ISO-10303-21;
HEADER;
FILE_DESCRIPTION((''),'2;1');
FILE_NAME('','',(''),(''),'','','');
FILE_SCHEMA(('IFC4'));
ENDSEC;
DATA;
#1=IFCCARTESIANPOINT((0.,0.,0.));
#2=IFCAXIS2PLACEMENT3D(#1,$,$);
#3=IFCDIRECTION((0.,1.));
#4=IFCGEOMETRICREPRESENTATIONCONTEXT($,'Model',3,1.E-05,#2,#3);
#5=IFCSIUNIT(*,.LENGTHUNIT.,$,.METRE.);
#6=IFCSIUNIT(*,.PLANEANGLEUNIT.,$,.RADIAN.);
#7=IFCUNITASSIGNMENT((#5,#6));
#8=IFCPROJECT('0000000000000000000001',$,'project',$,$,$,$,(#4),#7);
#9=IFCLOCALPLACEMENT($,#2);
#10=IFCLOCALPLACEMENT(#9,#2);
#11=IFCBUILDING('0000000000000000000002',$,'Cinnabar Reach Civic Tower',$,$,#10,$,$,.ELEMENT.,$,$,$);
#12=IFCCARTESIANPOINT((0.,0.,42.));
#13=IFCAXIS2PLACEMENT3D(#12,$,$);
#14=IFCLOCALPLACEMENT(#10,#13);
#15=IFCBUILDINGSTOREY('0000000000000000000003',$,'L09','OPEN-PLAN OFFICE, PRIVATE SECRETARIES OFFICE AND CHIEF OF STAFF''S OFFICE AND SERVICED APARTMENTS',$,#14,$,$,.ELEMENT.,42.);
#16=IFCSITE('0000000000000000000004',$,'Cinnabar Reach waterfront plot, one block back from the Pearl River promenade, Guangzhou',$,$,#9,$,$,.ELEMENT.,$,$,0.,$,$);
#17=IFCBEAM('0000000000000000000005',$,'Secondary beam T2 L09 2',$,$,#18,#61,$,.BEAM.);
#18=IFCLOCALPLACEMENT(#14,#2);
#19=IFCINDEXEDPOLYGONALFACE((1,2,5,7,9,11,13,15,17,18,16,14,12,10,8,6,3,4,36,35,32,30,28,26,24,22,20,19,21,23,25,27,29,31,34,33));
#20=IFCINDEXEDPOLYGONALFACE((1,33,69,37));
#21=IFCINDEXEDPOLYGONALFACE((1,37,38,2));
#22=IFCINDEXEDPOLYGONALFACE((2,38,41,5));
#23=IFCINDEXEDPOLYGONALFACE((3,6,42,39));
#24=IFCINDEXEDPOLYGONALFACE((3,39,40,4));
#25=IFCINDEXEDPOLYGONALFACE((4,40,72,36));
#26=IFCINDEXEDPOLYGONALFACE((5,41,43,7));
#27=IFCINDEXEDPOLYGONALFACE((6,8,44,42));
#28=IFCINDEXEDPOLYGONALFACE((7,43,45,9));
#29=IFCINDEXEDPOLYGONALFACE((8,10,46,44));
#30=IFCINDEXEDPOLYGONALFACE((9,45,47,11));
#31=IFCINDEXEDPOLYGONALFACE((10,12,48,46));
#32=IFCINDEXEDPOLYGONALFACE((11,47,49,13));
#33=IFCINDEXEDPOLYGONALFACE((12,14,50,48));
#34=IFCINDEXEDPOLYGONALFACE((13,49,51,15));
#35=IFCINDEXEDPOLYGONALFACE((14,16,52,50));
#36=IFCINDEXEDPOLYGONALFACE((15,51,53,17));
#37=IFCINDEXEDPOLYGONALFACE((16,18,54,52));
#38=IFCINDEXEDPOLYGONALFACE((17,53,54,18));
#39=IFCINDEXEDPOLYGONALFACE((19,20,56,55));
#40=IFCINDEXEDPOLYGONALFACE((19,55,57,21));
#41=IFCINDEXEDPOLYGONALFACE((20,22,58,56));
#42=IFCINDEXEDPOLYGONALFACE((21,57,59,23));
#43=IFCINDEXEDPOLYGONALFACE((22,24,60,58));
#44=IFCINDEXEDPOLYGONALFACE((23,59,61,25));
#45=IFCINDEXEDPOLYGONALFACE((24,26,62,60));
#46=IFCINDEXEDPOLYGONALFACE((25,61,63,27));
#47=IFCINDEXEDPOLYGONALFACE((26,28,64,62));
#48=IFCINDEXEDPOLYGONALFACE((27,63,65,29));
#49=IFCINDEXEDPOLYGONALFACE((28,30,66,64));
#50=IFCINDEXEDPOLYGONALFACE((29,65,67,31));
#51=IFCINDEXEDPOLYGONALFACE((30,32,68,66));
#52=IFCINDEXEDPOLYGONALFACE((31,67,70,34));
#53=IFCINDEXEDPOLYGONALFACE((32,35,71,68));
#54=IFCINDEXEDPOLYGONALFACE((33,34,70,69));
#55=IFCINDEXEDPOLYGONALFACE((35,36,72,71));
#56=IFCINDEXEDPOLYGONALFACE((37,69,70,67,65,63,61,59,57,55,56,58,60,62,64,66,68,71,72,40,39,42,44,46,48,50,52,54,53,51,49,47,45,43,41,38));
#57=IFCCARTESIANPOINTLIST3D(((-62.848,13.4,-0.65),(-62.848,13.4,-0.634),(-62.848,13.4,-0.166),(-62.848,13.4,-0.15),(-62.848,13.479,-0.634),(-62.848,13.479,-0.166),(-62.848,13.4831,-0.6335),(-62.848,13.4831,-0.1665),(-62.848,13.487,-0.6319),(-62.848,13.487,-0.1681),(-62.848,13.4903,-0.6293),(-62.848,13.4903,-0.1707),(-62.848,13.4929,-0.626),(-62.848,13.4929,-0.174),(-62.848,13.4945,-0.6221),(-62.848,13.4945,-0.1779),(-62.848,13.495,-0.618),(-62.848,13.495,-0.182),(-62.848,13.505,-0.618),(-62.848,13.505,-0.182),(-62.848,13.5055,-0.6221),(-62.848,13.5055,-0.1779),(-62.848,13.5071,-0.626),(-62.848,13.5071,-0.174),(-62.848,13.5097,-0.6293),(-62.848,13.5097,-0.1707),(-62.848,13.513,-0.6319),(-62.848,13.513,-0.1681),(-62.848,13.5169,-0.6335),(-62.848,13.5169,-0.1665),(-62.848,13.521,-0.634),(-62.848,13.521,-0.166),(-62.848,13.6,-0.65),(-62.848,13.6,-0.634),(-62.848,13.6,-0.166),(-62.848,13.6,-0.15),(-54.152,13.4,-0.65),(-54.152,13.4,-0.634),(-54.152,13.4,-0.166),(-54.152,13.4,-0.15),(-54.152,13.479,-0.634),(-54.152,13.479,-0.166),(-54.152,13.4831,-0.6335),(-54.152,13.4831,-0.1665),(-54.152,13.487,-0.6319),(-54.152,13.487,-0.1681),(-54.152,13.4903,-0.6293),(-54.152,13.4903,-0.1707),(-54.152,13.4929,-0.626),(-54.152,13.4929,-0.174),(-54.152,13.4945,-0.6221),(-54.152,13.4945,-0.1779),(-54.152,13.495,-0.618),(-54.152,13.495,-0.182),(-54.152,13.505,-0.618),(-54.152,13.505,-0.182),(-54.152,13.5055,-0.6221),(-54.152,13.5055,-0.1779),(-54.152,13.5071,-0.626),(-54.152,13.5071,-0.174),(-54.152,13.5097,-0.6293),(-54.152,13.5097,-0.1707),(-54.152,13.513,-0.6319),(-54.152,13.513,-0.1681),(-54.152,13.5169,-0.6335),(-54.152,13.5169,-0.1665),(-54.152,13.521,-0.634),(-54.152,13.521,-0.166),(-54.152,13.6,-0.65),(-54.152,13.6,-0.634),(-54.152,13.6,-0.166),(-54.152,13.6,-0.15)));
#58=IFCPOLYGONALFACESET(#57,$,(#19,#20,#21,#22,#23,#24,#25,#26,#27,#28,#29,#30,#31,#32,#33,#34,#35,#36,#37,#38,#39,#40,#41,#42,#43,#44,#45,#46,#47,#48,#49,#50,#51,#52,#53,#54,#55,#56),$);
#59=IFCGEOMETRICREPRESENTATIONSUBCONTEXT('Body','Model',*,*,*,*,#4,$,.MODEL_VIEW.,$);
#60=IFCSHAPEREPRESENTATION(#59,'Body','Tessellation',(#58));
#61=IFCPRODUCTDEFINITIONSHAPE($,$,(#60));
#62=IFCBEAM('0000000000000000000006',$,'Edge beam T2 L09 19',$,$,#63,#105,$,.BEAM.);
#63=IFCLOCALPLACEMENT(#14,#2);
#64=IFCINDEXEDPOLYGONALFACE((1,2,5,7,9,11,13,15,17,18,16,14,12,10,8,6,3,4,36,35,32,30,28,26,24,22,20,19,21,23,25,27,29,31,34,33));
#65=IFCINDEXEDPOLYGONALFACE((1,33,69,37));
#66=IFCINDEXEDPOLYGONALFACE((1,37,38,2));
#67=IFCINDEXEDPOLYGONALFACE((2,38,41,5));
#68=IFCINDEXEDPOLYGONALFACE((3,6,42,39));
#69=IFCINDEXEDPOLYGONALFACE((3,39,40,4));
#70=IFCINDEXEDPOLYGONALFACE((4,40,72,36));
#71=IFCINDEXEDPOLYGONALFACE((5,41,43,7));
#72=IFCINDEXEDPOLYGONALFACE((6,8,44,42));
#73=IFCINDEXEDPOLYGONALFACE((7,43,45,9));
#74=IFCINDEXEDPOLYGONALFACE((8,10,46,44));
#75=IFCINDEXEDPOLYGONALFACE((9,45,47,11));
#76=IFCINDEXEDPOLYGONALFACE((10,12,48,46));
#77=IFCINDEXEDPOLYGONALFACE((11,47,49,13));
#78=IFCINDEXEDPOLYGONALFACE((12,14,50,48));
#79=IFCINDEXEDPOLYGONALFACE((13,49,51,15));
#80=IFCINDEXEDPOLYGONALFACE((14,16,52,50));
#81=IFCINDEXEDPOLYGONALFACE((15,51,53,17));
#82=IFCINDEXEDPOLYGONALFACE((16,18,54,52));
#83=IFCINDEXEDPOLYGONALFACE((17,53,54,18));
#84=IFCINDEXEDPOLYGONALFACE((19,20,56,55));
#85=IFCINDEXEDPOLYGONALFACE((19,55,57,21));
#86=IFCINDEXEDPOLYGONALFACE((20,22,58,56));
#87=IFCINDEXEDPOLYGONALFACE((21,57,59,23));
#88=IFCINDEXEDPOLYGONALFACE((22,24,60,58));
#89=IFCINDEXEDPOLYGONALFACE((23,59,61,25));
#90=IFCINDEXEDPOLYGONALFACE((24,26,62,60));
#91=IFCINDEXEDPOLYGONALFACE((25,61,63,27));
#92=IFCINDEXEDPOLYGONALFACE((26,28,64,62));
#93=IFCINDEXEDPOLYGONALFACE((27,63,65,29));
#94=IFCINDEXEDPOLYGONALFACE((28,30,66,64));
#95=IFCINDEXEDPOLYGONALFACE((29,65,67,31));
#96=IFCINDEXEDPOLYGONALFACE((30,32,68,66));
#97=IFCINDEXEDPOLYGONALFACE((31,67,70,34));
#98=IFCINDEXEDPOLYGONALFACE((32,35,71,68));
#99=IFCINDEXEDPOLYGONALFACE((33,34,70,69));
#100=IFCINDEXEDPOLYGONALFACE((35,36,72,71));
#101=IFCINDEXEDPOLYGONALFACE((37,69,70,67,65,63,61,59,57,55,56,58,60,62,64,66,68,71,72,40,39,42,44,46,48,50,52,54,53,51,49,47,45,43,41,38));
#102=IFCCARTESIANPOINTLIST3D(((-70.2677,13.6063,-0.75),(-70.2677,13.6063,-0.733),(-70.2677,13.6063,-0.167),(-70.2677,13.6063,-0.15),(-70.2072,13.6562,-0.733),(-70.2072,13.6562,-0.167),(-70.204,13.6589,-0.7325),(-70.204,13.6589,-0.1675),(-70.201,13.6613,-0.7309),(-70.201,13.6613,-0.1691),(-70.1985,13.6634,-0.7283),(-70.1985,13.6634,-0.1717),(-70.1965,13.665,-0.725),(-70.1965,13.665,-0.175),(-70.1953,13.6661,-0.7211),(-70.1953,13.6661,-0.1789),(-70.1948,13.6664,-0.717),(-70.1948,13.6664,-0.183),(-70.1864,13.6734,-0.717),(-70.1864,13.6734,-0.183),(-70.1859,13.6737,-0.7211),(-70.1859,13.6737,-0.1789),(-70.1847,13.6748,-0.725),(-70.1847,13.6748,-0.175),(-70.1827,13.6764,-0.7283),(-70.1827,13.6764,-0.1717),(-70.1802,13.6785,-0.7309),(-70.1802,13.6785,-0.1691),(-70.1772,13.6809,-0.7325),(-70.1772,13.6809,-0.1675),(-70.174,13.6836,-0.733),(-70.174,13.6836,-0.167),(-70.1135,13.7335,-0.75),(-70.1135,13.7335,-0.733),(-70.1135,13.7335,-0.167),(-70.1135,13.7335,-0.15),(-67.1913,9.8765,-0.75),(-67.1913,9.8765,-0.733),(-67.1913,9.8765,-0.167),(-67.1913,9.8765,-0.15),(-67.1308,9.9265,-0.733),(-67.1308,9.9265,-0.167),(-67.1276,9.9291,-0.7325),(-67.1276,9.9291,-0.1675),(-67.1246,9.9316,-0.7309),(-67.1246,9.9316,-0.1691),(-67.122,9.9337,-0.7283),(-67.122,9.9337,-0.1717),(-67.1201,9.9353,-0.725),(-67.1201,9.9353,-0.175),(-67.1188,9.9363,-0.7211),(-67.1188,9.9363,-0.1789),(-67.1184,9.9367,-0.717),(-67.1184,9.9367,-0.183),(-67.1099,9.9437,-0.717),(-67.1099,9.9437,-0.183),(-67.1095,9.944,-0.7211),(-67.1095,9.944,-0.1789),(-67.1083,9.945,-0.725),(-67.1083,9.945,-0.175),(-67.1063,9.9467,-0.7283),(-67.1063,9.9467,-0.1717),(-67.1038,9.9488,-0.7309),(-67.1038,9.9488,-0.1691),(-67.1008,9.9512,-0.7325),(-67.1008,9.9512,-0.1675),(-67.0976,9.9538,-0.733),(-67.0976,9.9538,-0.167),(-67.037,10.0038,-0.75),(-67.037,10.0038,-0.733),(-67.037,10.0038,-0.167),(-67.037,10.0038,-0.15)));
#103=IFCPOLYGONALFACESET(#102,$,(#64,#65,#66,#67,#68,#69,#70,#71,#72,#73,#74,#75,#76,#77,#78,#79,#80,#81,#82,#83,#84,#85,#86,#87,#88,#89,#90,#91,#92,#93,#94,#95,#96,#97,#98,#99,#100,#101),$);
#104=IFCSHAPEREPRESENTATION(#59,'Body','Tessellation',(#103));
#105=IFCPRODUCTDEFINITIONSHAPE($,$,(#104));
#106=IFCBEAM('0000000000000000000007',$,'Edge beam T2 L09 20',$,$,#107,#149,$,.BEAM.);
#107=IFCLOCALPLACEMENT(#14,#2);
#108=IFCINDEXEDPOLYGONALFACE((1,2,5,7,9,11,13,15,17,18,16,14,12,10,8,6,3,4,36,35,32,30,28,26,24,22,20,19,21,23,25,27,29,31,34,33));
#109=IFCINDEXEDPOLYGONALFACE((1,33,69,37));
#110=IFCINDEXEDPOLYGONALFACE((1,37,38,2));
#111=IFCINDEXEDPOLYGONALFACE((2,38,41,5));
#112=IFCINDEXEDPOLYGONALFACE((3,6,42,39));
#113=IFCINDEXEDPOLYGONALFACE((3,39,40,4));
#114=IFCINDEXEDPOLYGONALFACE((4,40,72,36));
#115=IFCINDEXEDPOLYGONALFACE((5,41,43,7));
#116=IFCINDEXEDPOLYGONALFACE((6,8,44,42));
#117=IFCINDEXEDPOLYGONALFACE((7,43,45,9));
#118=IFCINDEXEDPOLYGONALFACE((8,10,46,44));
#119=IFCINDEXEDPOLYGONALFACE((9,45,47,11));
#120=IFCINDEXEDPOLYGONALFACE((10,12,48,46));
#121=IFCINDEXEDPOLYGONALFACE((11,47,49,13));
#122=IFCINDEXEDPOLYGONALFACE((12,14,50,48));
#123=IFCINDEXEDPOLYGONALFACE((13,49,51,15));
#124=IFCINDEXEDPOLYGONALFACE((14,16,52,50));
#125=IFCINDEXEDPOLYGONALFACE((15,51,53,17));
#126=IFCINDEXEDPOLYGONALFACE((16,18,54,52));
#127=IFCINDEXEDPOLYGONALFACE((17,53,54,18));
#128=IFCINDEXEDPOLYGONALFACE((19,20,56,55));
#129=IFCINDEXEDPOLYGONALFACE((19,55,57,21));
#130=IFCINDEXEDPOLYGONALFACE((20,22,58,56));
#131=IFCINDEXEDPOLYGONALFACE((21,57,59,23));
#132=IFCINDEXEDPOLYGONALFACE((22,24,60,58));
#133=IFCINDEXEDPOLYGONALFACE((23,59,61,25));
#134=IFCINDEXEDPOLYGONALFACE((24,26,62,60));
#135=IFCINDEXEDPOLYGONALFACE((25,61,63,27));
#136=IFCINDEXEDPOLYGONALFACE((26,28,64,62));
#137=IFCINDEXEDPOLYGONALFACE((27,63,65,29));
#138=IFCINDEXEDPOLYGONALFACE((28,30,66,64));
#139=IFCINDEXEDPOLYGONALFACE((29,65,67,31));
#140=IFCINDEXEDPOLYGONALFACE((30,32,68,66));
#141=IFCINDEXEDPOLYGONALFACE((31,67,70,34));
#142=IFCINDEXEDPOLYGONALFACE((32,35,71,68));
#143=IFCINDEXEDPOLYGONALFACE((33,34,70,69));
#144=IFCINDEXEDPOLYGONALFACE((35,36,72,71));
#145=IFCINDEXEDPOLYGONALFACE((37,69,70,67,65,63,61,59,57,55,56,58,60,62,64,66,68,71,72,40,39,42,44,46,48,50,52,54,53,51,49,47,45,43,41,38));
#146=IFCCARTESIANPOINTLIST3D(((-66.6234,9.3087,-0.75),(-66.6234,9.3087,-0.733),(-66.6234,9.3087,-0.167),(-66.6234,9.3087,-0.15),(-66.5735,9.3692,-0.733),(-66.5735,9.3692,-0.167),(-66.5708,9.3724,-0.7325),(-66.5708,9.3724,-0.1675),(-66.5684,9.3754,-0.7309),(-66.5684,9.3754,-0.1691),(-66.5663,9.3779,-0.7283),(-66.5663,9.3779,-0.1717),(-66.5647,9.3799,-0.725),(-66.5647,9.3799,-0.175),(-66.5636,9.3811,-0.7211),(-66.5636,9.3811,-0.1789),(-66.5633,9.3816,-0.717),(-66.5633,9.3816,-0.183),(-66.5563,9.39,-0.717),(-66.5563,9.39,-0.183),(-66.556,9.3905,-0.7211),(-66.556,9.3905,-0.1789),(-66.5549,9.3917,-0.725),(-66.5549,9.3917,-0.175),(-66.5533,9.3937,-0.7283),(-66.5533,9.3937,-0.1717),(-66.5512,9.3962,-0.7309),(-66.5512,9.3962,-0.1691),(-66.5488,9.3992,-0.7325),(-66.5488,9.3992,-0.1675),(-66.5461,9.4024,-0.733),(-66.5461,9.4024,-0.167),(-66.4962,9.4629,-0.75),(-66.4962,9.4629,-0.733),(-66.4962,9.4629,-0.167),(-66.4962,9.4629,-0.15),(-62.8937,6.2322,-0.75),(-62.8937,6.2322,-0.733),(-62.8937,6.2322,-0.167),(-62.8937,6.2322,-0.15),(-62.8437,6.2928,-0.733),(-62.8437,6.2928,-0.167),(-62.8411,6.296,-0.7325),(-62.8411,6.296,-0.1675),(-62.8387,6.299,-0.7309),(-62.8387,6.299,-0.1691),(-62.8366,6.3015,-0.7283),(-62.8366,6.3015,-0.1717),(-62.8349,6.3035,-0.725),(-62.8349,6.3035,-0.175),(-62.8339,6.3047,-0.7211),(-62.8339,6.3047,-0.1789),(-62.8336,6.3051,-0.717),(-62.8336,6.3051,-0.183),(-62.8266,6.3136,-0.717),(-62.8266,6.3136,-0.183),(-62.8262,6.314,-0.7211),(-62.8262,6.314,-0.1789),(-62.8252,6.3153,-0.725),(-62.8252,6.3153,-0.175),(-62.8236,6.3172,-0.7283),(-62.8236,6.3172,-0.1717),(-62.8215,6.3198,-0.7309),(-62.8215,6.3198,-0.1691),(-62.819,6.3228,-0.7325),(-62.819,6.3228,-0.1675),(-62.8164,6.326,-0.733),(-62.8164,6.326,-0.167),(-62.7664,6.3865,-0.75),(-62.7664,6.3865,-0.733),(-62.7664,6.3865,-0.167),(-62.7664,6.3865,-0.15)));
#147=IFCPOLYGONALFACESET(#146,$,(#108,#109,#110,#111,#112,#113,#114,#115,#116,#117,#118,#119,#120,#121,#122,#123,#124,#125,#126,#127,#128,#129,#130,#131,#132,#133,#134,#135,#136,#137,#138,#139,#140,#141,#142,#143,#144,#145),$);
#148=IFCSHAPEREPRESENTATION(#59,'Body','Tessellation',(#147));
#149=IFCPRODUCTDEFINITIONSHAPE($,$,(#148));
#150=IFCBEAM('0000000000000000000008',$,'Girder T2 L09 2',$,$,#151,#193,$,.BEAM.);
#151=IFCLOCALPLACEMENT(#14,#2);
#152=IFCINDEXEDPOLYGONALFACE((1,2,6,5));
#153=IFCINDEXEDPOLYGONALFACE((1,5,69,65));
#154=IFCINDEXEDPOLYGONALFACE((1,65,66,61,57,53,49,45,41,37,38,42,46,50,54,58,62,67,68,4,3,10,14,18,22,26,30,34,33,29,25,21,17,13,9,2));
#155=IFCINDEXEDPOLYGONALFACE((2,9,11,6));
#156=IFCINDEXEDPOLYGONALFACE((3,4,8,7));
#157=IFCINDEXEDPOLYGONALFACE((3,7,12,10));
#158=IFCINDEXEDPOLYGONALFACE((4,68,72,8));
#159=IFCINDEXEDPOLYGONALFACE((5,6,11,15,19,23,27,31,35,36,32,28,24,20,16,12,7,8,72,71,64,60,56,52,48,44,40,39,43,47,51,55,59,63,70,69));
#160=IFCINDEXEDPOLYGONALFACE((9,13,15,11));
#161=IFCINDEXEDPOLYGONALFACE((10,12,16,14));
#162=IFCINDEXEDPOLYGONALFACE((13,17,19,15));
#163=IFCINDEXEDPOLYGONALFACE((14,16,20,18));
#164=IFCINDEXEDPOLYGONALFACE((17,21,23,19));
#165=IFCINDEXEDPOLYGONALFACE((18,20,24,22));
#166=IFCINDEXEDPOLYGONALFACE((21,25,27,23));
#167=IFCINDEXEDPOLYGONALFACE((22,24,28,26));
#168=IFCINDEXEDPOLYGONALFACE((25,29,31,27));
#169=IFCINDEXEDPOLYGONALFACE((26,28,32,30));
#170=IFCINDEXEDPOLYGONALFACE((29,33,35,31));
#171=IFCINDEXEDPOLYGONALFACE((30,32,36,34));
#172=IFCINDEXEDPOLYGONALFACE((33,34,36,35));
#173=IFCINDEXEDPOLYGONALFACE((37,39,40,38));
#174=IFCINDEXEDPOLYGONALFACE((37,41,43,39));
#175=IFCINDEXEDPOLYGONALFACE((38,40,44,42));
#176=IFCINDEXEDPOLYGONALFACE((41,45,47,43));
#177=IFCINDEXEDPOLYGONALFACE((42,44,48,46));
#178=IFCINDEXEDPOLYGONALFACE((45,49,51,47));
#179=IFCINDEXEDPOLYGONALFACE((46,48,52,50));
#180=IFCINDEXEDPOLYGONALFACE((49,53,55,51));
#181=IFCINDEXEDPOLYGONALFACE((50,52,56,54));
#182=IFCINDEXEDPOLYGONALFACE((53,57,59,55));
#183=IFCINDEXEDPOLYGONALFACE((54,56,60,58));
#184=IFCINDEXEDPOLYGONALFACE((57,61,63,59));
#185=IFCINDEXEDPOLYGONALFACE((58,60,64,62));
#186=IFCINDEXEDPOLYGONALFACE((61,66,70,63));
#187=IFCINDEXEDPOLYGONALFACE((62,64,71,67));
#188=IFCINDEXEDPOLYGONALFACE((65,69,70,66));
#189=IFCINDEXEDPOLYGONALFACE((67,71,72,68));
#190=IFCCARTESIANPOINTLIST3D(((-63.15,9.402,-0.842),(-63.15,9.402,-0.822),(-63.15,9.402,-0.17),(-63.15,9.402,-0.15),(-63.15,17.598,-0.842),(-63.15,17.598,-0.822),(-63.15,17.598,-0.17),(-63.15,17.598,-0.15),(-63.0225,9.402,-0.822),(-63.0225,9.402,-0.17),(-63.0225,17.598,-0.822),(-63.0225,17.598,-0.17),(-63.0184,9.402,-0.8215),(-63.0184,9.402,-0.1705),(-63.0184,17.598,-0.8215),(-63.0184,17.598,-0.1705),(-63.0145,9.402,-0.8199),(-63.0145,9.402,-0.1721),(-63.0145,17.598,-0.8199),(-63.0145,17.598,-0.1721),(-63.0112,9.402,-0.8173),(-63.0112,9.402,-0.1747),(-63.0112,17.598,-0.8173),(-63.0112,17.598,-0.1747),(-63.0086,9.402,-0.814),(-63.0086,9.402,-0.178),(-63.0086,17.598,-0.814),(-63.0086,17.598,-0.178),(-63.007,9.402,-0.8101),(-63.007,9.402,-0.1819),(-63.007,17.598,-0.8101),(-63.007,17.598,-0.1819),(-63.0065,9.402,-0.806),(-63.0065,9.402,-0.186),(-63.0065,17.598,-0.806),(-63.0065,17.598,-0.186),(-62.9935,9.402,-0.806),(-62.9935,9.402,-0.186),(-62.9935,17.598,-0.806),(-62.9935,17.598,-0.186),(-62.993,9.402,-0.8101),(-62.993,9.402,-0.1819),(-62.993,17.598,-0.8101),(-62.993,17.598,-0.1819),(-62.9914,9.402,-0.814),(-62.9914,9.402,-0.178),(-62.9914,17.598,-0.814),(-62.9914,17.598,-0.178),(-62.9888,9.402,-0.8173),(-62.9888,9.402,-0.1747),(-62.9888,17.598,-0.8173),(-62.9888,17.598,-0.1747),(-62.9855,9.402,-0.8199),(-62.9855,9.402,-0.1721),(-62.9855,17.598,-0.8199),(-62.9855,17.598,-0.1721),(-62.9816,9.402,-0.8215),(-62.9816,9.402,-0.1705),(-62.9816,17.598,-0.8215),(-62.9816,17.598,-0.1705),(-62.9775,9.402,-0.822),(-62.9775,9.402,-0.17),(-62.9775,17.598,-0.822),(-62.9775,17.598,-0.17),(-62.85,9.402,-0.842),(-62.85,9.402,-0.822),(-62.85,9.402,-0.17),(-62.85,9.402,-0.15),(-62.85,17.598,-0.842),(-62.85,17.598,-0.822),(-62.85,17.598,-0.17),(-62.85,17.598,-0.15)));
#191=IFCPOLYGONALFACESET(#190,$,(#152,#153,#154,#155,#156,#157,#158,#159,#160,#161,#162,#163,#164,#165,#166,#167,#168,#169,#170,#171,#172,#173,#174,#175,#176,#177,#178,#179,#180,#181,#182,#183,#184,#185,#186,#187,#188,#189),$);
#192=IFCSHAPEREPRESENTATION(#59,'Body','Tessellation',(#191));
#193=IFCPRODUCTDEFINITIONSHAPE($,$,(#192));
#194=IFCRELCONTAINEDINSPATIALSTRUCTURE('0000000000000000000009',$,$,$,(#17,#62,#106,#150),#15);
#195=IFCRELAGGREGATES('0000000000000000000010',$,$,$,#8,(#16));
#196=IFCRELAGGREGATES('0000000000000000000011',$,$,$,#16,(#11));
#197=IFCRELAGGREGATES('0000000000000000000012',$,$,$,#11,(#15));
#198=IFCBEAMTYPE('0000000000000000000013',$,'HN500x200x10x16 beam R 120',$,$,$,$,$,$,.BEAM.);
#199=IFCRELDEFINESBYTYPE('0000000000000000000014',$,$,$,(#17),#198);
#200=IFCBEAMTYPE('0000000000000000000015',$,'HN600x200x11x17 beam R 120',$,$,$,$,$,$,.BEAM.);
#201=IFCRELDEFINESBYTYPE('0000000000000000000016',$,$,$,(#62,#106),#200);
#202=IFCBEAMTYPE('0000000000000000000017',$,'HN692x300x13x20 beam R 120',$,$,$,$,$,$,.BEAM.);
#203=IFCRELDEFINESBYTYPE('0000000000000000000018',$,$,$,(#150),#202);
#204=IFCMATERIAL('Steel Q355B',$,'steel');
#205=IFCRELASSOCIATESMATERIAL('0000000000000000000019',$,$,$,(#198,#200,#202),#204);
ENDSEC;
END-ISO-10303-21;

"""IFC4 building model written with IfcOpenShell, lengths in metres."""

from ifc_helpers import new_model, si_unit, direction, frame, origin, origin_2d, place, context, subcontext, project, spatial, i_section, extrude, material, material_profile, profile_set, type_object, element, save


model = new_model("IFC4")

# Units and contexts
model_context = context("Model", 3, precision=1e-05, world=origin(), true_north=direction((0.0, 1.0)))
body_context = subcontext(model_context, "Body", "Model", "MODEL_VIEW")
ifc_project = project(units=[si_unit("LENGTHUNIT", "METRE"), si_unit("PLANEANGLEUNIT", "RADIAN")], contexts=[model_context])

# Site, building, storey
site_placement = place(None, origin())
site = spatial("IfcSite", under=ifc_project, at=site_placement, Name="Cinnabar Reach waterfront plot, one block back from the Pearl River promenade, Guangzhou", CompositionType="ELEMENT", RefElevation=0.0)
building_placement = place(site_placement, origin())
building = spatial("IfcBuilding", under=site, at=building_placement, Name="Cinnabar Reach Civic Tower", CompositionType="ELEMENT")
storey_placement = place(building_placement, frame((0.0, 0.0, 42.0)))
storey = spatial("IfcBuildingStorey", under=building, at=storey_placement, Name="L09", Description="OPEN-PLAN OFFICE, PRIVATE SECRETARIES OFFICE AND CHIEF OF STAFF'S OFFICE AND SERVICED APARTMENTS", CompositionType="ELEMENT", Elevation=42.0)

# Beams
ifc_material_1 = material(Name="Steel Q355B", Category="steel")
ifc_material_profile_1 = material_profile(ifc_material_1, i_section(OverallWidth=0.2, OverallDepth=0.5, WebThickness=0.01, FlangeThickness=0.016, FilletRadius=0.016, at=origin_2d()), Name="HN500x200x10x16")
ifc_profile_set_1 = profile_set([ifc_material_profile_1], Name="Steel Q355B")
beam_type_1 = type_object("IfcBeamType", Name="HN500x200x10x16 beam R 120", PredefinedType="BEAM", material=ifc_profile_set_1)
beam_1_placement = place(storey_placement, frame((-62.848, 13.5, -0.4), z_axis=(1.0, 0.0, 0.0), x_axis=(0.0, 1.0, 0.0)))
element("IfcBeam", 1, at=beam_1_placement, inside=storey, type_object=beam_type_1, Name="Secondary beam T2 L09 2", PredefinedType="BEAM", context=body_context, shape_type="SweptSolid", body=[
    extrude(i_section(OverallWidth=0.2, OverallDepth=0.5, WebThickness=0.01, FlangeThickness=0.016, FilletRadius=0.016, at=origin_2d()), origin(), (0.0, 0.0, 1.0), 8.696),
])
ifc_material_profile_2 = material_profile(ifc_material_1, i_section(OverallWidth=0.2, OverallDepth=0.6, WebThickness=0.011, FlangeThickness=0.017, FilletRadius=0.016, at=origin_2d()), Name="HN600x200x11x17")
ifc_profile_set_2 = profile_set([ifc_material_profile_2], Name="Steel Q355B")
beam_type_2 = type_object("IfcBeamType", Name="HN600x200x11x17 beam R 120", PredefinedType="BEAM", material=ifc_profile_set_2)
for number, where, z_axis, x_axis, name in (
    (2, (-70.1906, 13.6699, -0.45), (0.636309, -0.771434, 0.0), (0.771434, 0.636309, 0.0), "Edge beam T2 L09 19"),
    (3, (-66.5598, 9.3858, -0.45), (0.771434, -0.636309, 0.0), (0.636309, 0.771434, 0.0), "Edge beam T2 L09 20"),
):
    element("IfcBeam", number, at=place(storey_placement, frame(where, z_axis=z_axis, x_axis=x_axis)), inside=storey, type_object=beam_type_2, Name=name, PredefinedType="BEAM", context=body_context, shape_type="SweptSolid", body=[
        extrude(i_section(OverallWidth=0.2, OverallDepth=0.6, WebThickness=0.011, FlangeThickness=0.017, FilletRadius=0.016, at=origin_2d()), origin(), (0.0, 0.0, 1.0), 4.8348),
    ])
ifc_material_profile_3 = material_profile(ifc_material_1, i_section(OverallWidth=0.3, OverallDepth=0.692, WebThickness=0.013, FlangeThickness=0.02, FilletRadius=0.016, at=origin_2d()), Name="HN692x300x13x20")
ifc_profile_set_3 = profile_set([ifc_material_profile_3], Name="Steel Q355B")
beam_type_3 = type_object("IfcBeamType", Name="HN692x300x13x20 beam R 120", PredefinedType="BEAM", material=ifc_profile_set_3)
beam_2_placement = place(storey_placement, frame((-63.0, 9.402, -0.496), z_axis=(0.0, 1.0, 0.0), x_axis=(-1.0, 0.0, 0.0)))
element("IfcBeam", 4, at=beam_2_placement, inside=storey, type_object=beam_type_3, Name="Girder T2 L09 2", PredefinedType="BEAM", context=body_context, shape_type="SweptSolid", body=[
    extrude(i_section(OverallWidth=0.3, OverallDepth=0.692, WebThickness=0.013, FlangeThickness=0.02, FilletRadius=0.016, at=origin_2d()), origin(), (0.0, 0.0, 1.0), 8.196),
])

save(model, "model.ifc")
